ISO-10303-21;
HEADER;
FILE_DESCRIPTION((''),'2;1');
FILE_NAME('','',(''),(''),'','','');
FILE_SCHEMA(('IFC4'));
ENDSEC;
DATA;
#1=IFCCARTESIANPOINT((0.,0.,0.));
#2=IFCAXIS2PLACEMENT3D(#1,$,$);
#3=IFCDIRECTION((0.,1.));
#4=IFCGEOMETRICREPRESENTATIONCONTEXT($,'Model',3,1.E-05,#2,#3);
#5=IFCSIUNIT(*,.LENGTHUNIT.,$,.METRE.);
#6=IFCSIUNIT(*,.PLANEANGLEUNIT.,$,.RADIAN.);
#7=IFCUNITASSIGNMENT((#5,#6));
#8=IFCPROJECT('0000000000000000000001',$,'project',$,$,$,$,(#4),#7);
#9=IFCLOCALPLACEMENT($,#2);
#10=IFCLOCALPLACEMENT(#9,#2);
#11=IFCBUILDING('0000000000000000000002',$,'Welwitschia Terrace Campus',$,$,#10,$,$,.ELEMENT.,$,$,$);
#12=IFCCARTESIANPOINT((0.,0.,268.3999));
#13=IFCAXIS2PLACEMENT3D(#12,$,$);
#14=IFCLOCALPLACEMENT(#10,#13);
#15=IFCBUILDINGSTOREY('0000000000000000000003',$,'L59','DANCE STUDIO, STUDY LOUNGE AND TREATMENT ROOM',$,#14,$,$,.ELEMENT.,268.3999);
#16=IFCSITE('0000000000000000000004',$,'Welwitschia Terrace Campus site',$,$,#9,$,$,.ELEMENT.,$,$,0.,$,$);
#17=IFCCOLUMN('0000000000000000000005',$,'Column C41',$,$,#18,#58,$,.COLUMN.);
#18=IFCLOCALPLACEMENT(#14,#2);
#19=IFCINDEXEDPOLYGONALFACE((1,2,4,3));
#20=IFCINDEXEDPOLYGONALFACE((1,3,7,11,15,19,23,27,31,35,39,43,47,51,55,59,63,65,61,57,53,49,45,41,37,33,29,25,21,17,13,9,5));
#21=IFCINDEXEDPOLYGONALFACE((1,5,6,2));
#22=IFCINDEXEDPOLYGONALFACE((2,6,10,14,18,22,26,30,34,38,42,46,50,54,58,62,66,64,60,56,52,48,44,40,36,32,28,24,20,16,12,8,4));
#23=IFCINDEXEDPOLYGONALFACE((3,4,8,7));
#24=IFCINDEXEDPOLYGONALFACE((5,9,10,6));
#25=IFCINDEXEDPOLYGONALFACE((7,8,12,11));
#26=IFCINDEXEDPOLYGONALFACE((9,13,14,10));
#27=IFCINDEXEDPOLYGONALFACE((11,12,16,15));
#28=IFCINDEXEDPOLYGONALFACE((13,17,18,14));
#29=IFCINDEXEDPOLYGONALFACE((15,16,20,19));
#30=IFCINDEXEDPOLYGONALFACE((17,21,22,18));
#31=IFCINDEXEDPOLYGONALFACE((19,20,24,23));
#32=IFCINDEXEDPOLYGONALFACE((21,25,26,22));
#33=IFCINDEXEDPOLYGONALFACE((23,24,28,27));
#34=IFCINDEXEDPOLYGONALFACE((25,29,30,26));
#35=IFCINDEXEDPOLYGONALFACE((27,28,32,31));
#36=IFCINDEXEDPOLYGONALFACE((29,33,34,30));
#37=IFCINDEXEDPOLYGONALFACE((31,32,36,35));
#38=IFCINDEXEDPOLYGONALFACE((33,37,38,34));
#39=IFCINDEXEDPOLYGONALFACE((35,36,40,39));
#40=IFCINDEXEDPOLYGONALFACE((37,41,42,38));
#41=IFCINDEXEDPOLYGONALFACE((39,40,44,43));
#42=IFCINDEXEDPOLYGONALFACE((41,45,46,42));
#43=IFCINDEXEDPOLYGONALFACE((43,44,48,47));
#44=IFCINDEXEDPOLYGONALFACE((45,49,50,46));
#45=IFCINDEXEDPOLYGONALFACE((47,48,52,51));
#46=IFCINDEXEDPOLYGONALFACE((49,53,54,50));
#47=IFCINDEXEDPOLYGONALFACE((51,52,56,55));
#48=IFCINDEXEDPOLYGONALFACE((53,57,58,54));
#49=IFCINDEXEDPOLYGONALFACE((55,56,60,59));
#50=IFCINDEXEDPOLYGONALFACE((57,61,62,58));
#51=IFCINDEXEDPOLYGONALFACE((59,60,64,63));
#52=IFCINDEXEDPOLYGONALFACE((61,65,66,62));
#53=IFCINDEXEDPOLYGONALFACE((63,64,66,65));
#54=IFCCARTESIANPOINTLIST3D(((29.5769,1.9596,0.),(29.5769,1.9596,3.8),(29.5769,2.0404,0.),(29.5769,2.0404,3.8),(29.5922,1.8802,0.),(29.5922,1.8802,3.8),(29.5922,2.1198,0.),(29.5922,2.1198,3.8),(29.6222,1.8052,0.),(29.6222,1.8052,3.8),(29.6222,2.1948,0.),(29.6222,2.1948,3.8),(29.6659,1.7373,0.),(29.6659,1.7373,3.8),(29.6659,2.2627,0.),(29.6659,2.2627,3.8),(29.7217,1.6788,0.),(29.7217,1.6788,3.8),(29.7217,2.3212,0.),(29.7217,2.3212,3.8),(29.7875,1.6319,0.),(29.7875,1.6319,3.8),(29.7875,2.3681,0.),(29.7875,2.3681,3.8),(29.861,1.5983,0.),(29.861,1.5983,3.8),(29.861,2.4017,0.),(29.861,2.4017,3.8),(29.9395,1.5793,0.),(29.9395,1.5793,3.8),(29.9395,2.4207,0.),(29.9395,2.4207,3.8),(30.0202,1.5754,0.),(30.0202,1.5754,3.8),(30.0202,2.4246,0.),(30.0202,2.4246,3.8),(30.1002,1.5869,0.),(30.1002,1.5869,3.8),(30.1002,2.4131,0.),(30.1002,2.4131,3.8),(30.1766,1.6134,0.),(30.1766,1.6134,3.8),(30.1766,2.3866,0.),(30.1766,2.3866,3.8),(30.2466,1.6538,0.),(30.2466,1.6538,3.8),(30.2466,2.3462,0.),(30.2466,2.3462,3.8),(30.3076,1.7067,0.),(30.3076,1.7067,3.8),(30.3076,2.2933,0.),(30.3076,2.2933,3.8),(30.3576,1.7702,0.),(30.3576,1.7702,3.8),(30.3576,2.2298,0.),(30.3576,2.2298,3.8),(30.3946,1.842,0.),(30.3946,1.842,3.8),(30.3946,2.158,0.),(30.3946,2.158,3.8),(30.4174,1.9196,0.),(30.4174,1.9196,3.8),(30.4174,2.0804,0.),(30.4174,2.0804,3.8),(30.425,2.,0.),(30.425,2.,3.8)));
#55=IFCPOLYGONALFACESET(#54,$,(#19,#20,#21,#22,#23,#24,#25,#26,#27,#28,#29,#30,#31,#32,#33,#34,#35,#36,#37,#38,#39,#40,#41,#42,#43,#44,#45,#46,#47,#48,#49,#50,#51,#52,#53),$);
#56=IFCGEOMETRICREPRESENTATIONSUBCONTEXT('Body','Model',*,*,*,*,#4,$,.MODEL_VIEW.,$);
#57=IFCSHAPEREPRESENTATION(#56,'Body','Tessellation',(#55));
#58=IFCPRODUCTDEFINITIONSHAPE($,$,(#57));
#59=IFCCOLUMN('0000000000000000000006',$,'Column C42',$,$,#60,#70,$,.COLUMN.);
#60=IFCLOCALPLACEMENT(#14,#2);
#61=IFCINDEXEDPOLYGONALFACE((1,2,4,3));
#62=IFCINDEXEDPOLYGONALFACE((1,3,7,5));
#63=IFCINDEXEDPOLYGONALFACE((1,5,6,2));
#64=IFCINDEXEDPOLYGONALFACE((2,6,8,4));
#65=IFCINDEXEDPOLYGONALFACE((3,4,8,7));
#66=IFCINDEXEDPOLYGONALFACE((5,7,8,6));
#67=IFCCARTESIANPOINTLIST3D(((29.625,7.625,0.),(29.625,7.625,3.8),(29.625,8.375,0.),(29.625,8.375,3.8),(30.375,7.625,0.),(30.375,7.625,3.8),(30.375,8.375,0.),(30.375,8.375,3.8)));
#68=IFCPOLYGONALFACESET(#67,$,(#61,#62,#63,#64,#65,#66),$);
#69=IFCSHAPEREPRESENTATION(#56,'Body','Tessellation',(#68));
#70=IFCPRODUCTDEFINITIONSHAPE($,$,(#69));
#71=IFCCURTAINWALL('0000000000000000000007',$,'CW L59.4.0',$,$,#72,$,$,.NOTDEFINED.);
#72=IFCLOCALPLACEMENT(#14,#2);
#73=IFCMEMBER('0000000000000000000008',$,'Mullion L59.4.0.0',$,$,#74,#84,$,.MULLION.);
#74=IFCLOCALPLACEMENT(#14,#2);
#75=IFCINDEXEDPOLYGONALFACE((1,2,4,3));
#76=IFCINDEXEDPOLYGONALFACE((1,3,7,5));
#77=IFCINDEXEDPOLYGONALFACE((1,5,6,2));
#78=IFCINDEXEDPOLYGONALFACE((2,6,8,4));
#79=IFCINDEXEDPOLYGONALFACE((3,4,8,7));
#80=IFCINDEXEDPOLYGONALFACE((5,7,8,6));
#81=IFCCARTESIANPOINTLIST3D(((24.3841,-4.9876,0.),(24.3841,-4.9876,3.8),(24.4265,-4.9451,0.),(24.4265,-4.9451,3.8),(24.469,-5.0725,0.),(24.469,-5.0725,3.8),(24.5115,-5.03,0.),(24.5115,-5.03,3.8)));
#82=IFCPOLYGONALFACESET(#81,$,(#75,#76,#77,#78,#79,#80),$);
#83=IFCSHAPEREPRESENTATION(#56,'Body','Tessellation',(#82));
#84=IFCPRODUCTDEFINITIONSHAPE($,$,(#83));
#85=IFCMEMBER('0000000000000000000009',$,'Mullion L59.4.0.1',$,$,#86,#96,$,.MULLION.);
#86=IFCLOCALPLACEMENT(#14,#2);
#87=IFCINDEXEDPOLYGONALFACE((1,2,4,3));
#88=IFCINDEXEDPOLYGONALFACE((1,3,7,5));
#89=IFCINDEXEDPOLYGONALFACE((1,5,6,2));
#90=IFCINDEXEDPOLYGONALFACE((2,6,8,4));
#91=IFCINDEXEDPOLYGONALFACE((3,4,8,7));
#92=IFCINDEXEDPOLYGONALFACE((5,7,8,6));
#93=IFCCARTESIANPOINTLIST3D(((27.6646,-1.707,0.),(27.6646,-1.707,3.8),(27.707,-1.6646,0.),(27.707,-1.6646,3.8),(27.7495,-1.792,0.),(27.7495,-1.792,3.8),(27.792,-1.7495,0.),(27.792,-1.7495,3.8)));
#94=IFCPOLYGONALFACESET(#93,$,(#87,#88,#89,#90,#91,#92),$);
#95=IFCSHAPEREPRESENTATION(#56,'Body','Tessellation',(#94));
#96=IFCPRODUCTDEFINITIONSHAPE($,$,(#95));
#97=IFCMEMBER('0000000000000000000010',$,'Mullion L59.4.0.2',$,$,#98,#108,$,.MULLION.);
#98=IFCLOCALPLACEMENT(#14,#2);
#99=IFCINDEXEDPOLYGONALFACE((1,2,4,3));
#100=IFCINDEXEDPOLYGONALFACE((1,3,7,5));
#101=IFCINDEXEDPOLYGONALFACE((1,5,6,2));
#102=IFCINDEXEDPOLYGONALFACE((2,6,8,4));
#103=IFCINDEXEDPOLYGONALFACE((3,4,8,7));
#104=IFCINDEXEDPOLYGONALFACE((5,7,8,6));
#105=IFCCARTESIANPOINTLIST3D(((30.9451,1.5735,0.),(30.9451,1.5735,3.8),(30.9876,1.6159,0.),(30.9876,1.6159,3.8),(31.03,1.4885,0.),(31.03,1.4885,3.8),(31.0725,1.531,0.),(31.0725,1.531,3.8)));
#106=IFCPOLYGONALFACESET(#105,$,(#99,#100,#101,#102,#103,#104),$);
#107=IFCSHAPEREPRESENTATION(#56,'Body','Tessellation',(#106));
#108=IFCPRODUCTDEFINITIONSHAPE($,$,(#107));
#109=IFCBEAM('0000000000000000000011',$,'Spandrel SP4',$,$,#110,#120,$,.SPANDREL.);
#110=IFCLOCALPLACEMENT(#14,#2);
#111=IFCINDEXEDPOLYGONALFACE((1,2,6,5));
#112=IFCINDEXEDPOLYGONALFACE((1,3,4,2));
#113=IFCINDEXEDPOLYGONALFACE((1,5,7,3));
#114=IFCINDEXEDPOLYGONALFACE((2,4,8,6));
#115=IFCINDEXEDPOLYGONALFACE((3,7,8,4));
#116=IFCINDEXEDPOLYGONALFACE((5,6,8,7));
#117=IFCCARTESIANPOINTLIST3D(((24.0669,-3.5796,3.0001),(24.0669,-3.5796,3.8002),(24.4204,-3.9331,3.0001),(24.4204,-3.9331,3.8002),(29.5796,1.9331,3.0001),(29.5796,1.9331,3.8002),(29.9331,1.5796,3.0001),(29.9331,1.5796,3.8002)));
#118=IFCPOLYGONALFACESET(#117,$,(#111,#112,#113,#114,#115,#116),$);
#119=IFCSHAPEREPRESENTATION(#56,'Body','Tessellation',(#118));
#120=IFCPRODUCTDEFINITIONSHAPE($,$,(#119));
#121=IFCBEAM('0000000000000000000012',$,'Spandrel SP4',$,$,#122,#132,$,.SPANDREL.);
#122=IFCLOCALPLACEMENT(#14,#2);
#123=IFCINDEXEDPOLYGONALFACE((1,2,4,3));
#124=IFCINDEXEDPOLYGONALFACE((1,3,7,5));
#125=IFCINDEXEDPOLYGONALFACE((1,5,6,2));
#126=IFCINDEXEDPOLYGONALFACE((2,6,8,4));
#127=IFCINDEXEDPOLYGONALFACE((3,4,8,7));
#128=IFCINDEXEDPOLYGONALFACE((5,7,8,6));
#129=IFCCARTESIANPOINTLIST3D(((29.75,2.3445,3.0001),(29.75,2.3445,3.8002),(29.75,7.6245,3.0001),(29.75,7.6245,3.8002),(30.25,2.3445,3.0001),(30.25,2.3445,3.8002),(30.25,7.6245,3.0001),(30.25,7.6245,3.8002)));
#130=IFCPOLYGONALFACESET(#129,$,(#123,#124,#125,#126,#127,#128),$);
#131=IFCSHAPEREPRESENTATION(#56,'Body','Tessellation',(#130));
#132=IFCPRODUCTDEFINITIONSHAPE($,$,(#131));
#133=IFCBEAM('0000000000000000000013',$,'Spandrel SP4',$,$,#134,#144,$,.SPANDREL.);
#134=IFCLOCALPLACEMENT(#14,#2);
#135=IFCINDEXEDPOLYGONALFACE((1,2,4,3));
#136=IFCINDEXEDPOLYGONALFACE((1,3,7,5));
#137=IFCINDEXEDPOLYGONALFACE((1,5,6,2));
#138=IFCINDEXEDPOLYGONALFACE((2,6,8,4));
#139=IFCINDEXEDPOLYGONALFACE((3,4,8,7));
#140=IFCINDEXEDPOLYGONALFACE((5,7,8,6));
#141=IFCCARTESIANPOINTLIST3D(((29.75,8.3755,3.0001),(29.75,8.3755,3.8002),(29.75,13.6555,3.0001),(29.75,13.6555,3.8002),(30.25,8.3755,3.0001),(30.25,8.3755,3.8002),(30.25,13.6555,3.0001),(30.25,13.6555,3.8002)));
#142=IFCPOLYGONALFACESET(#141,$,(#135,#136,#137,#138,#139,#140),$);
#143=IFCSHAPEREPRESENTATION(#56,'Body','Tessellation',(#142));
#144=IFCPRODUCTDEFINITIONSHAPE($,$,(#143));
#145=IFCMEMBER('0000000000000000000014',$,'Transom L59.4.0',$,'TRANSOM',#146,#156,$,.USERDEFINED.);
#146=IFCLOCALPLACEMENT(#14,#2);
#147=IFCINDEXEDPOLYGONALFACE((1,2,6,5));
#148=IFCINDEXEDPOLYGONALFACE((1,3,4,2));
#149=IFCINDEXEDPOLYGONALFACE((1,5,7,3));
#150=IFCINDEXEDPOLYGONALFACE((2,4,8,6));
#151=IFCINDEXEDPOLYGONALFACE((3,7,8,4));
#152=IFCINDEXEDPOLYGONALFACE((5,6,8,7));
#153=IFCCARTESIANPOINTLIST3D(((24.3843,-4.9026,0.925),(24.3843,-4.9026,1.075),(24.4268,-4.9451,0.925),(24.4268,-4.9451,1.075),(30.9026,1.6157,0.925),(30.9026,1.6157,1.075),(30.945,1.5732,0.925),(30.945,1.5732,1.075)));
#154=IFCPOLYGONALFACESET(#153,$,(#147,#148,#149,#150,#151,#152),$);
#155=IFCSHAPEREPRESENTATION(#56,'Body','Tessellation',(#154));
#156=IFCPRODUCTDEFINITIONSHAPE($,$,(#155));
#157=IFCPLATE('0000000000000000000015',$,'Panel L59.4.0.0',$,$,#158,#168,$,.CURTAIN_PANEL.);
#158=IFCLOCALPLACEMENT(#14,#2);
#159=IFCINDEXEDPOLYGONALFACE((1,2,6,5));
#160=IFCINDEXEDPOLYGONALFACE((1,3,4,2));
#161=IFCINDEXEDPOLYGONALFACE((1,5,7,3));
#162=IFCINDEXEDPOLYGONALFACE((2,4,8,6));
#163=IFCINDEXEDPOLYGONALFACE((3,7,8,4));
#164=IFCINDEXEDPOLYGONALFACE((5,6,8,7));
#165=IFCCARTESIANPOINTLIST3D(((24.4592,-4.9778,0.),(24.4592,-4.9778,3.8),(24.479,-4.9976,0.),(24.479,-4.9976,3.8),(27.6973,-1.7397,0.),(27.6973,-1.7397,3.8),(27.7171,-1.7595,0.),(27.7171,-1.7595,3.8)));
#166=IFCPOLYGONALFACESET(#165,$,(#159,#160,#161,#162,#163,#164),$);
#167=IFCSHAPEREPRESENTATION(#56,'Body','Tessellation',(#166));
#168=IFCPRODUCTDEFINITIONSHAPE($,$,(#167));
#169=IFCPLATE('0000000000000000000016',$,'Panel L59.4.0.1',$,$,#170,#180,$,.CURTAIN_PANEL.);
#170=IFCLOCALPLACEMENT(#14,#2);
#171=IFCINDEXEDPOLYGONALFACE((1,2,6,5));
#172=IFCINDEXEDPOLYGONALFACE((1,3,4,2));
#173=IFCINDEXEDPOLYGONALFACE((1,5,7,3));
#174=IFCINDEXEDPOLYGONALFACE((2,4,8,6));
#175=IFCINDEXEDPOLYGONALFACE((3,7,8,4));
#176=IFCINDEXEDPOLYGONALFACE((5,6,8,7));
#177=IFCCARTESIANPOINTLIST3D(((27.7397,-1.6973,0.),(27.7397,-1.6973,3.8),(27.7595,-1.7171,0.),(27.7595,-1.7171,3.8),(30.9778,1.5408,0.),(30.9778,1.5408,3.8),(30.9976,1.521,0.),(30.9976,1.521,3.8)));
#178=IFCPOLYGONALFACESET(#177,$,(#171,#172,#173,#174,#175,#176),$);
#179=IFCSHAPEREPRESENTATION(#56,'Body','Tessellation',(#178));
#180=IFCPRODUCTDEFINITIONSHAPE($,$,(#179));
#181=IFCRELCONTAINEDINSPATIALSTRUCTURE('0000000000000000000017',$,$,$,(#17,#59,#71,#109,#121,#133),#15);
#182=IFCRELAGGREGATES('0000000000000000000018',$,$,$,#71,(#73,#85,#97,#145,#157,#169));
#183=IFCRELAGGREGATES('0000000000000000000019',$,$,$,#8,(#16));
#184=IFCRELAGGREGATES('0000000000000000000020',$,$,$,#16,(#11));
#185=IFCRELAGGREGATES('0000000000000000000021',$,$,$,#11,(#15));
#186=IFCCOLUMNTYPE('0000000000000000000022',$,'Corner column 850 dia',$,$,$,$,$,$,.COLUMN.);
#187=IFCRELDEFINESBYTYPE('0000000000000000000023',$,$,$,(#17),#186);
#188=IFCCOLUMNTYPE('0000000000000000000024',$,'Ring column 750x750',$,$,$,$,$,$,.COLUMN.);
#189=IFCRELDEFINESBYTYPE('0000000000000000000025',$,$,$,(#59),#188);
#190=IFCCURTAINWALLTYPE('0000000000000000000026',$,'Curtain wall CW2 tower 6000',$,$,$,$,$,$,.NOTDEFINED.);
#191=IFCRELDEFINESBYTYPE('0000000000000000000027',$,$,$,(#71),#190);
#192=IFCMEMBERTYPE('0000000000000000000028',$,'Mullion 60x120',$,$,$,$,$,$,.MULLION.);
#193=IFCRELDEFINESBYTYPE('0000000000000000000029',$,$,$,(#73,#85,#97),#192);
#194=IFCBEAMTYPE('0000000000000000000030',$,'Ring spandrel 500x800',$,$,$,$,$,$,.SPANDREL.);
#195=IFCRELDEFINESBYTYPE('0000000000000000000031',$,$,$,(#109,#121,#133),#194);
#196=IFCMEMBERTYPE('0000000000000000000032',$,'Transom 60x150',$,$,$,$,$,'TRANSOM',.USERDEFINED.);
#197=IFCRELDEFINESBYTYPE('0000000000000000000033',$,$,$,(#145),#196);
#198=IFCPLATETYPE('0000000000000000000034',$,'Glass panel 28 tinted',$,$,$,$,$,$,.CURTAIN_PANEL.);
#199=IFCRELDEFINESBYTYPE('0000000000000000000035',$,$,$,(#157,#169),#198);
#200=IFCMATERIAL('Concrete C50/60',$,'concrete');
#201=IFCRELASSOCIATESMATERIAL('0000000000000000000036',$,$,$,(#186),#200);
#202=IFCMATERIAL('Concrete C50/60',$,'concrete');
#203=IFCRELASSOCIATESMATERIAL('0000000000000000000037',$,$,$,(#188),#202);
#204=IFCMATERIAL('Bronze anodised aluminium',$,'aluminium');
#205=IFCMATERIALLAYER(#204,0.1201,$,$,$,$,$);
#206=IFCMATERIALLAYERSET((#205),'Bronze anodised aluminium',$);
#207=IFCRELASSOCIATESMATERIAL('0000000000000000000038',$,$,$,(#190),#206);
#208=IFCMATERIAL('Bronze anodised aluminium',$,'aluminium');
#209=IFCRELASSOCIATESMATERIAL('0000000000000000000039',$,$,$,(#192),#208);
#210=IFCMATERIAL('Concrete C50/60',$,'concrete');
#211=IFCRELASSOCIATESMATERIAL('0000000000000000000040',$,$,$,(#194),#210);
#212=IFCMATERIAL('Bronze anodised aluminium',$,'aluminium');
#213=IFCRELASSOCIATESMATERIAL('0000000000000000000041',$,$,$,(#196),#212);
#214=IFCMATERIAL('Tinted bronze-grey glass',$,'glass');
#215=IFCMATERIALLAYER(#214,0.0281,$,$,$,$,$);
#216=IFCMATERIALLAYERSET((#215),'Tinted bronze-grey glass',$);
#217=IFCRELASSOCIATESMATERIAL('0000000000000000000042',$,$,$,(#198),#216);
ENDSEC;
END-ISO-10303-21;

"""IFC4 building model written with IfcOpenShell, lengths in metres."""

from ifc_helpers import new_model, si_unit, direction, frame, origin, origin_2d, place, context, subcontext, project, spatial, rectangle, circle, extrude, material, layer, layer_set, material_profile, profile_set, type_object, element, aggregate, save


model = new_model("IFC4")

# Units and contexts
model_context = context("Model", 3, precision=1e-05, world=origin(), true_north=direction((0.0, 1.0)))
body_context = subcontext(model_context, "Body", "Model", "MODEL_VIEW")
ifc_project = project(units=[si_unit("LENGTHUNIT", "METRE"), si_unit("PLANEANGLEUNIT", "RADIAN")], contexts=[model_context])

# Site, building, storey
site_placement = place(None, origin())
site = spatial("IfcSite", under=ifc_project, at=site_placement, Name="Welwitschia Terrace Campus site", CompositionType="ELEMENT", RefElevation=0.0)
building_placement = place(site_placement, origin())
building = spatial("IfcBuilding", under=site, at=building_placement, Name="Welwitschia Terrace Campus", CompositionType="ELEMENT")
storey_placement = place(building_placement, frame((0.0, 0.0, 268.3999)))
storey = spatial("IfcBuildingStorey", under=building, at=storey_placement, Name="L59", Description="DANCE STUDIO, STUDY LOUNGE AND TREATMENT ROOM", CompositionType="ELEMENT", Elevation=268.3999)

# Columns
ifc_material_1 = material(Name="Concrete C50/60", Category="concrete")
ifc_material_profile_1 = material_profile(ifc_material_1, circle(Radius=0.425, at=origin_2d()))
ifc_profile_set_1 = profile_set([ifc_material_profile_1], Name="Concrete C50/60")
column_type_1 = type_object("IfcColumnType", Name="Corner column 850 dia", PredefinedType="COLUMN", material=ifc_profile_set_1)
column_1_placement = place(storey_placement, frame((30.0, 2.0, 0.0), z_axis=(0.0, 0.0, 1.0), x_axis=(1.0, 0.0, 0.0)))
element("IfcColumn", 1, at=column_1_placement, inside=storey, type_object=column_type_1, Name="Column C41", PredefinedType="COLUMN", context=body_context, shape_type="SweptSolid", body=[
    extrude(circle(Radius=0.425, at=origin_2d()), origin(), (0.0, 0.0, 1.0), 3.8),
])
ifc_material_2 = material(Name="Concrete C50/60", Category="concrete")
ifc_material_profile_2 = material_profile(ifc_material_2, rectangle(XDim=0.75, YDim=0.75, at=origin_2d()))
ifc_profile_set_2 = profile_set([ifc_material_profile_2], Name="Concrete C50/60")
column_type_2 = type_object("IfcColumnType", Name="Ring column 750x750", PredefinedType="COLUMN", material=ifc_profile_set_2)
column_2_placement = place(storey_placement, frame((30.0, 8.0, 0.0), z_axis=(0.0, 0.0, 1.0), x_axis=(1.0, 0.0, 0.0)))
element("IfcColumn", 2, at=column_2_placement, inside=storey, type_object=column_type_2, Name="Column C42", PredefinedType="COLUMN", context=body_context, shape_type="SweptSolid", body=[
    extrude(rectangle(XDim=0.75, YDim=0.75, at=origin_2d()), origin(), (0.0, 0.0, 1.0), 3.8),
])

# Curtain wall, members
ifc_material_3 = material(Name="Bronze anodised aluminium", Category="aluminium")
ifc_layer_1 = layer(ifc_material_3, 0.1201)
ifc_layer_set_1 = layer_set([ifc_layer_1], Name="Bronze anodised aluminium")
curtain_wall_type = type_object("IfcCurtainWallType", Name="Curtain wall CW2 tower 6000", PredefinedType="NOTDEFINED", material=ifc_layer_set_1)
curtain_wall_placement = place(storey_placement, origin())
curtain_wall = element("IfcCurtainWall", 3, at=curtain_wall_placement, inside=storey, type_object=curtain_wall_type, Name="CW L59.4.0", PredefinedType="NOTDEFINED")
ifc_material_4 = material(Name="Bronze anodised aluminium", Category="aluminium")
ifc_material_profile_3 = material_profile(ifc_material_4, rectangle(XDim=0.1201, YDim=0.0601, at=origin_2d()))
ifc_profile_set_3 = profile_set([ifc_material_profile_3], Name="Bronze anodised aluminium")
member_type_1 = type_object("IfcMemberType", Name="Mullion 60x120", PredefinedType="MULLION", material=ifc_profile_set_3)
member_1_placement = place(storey_placement, frame((24.4478, -5.0088, 0.0), z_axis=(0.0, 0.0, 1.0), x_axis=(-0.707107, 0.707107, 0.0)))
member_1 = element("IfcMember", 4, at=member_1_placement, type_object=member_type_1, Name="Mullion L59.4.0.0", PredefinedType="MULLION", context=body_context, shape_type="SweptSolid", body=[
    extrude(rectangle(XDim=0.1201, YDim=0.0601, at=origin_2d()), origin(), (0.0, 0.0, 1.0), 3.8),
])
member_2_placement = place(storey_placement, frame((27.7283, -1.7283, 0.0), z_axis=(0.0, 0.0, 1.0), x_axis=(-0.707107, 0.707107, 0.0)))
member_2 = element("IfcMember", 5, at=member_2_placement, type_object=member_type_1, Name="Mullion L59.4.0.1", PredefinedType="MULLION", context=body_context, shape_type="SweptSolid", body=[
    extrude(rectangle(XDim=0.1201, YDim=0.0601, at=origin_2d()), origin(), (0.0, 0.0, 1.0), 3.8),
])
member_3_placement = place(storey_placement, frame((31.0088, 1.5522, 0.0), z_axis=(0.0, 0.0, 1.0), x_axis=(-0.707107, 0.707107, 0.0)))
member_3 = element("IfcMember", 6, at=member_3_placement, type_object=member_type_1, Name="Mullion L59.4.0.2", PredefinedType="MULLION", context=body_context, shape_type="SweptSolid", body=[
    extrude(rectangle(XDim=0.1201, YDim=0.0601, at=origin_2d()), origin(), (0.0, 0.0, 1.0), 3.8),
])

# Beams
ifc_material_5 = material(Name="Concrete C50/60", Category="concrete")
ifc_material_profile_4 = material_profile(ifc_material_5, rectangle(XDim=0.5, YDim=0.8, at=origin_2d()))
ifc_profile_set_4 = profile_set([ifc_material_profile_4], Name="Concrete C50/60")
beam_type = type_object("IfcBeamType", Name="Ring spandrel 500x800", PredefinedType="SPANDREL", material=ifc_profile_set_4)
beam_placement = place(storey_placement, frame((24.2437, -3.7563, 3.4001), z_axis=(0.707107, 0.707107, 0.0), x_axis=(-0.707107, 0.707107, 0.0)))
element("IfcBeam", 7, at=beam_placement, inside=storey, type_object=beam_type, Name="Spandrel SP4", PredefinedType="SPANDREL", context=body_context, shape_type="SweptSolid", body=[
    extrude(rectangle(XDim=0.5, YDim=0.8, at=origin_2d()), origin(), (0.0, 0.0, 1.0), 7.7961),
])
for number, where, z_axis, x_axis, name in (
    (8, (30.0, 2.3445, 3.4001), (0.0, 1.0, 0.0), (-1.0, 0.0, 0.0), "Spandrel SP4"),
    (9, (30.0, 8.3755, 3.4001), (0.0, 1.0, 0.0), (-1.0, 0.0, 0.0), "Spandrel SP4"),
):
    element("IfcBeam", number, at=place(storey_placement, frame(where, z_axis=z_axis, x_axis=x_axis)), inside=storey, type_object=beam_type, Name=name, PredefinedType="SPANDREL", context=body_context, shape_type="SweptSolid", body=[
        extrude(rectangle(XDim=0.5, YDim=0.8, at=origin_2d()), origin(), (0.0, 0.0, 1.0), 5.28),
    ])

# Member
ifc_material_6 = material(Name="Bronze anodised aluminium", Category="aluminium")
ifc_material_profile_5 = material_profile(ifc_material_6, rectangle(XDim=0.0601, YDim=0.1499, at=origin_2d()))
ifc_profile_set_5 = profile_set([ifc_material_profile_5], Name="Bronze anodised aluminium")
member_type_2 = type_object("IfcMemberType", Name="Transom 60x150", ElementType="TRANSOM", PredefinedType="USERDEFINED", material=ifc_profile_set_5)
member_4_placement = place(storey_placement, frame((24.4055, -4.9238, 1.0), z_axis=(0.707107, 0.707107, 0.0), x_axis=(-0.707107, 0.707107, 0.0)))
member_4 = element("IfcMember", 10, at=member_4_placement, type_object=member_type_2, Name="Transom L59.4.0", ObjectType="TRANSOM", PredefinedType="USERDEFINED", context=body_context, shape_type="SweptSolid", body=[
    extrude(rectangle(XDim=0.0601, YDim=0.1499, at=origin_2d()), origin(), (0.0, 0.0, 1.0), 9.2183),
])

# Plates
ifc_material_7 = material(Name="Tinted bronze-grey glass", Category="glass")
ifc_layer_2 = layer(ifc_material_7, 0.0281)
ifc_layer_set_2 = layer_set([ifc_layer_2], Name="Tinted bronze-grey glass")
plate_type = type_object("IfcPlateType", Name="Glass panel 28 tinted", PredefinedType="CURTAIN_PANEL", material=ifc_layer_set_2)
plate_1_placement = place(storey_placement, frame((26.0881, -3.3687, 0.0), z_axis=(0.0, 0.0, 1.0), x_axis=(0.707107, 0.707107, 0.0)))
plate_1 = element("IfcPlate", 11, at=plate_1_placement, type_object=plate_type, Name="Panel L59.4.0.0", PredefinedType="CURTAIN_PANEL", context=body_context, shape_type="SweptSolid", body=[
    extrude(rectangle(XDim=4.5793, YDim=0.0281, at=origin_2d()), origin(), (0.0, 0.0, 1.0), 3.8),
])
plate_2_placement = place(storey_placement, frame((29.3687, -0.0881, 0.0), z_axis=(0.0, 0.0, 1.0), x_axis=(0.707107, 0.707107, 0.0)))
plate_2 = element("IfcPlate", 12, at=plate_2_placement, type_object=plate_type, Name="Panel L59.4.0.1", PredefinedType="CURTAIN_PANEL", context=body_context, shape_type="SweptSolid", body=[
    extrude(rectangle(XDim=4.5793, YDim=0.0281, at=origin_2d()), origin(), (0.0, 0.0, 1.0), 3.8),
])
aggregate(curtain_wall, [member_1, member_2, member_3, member_4, plate_1, plate_2])

save(model, "model.ifc")
